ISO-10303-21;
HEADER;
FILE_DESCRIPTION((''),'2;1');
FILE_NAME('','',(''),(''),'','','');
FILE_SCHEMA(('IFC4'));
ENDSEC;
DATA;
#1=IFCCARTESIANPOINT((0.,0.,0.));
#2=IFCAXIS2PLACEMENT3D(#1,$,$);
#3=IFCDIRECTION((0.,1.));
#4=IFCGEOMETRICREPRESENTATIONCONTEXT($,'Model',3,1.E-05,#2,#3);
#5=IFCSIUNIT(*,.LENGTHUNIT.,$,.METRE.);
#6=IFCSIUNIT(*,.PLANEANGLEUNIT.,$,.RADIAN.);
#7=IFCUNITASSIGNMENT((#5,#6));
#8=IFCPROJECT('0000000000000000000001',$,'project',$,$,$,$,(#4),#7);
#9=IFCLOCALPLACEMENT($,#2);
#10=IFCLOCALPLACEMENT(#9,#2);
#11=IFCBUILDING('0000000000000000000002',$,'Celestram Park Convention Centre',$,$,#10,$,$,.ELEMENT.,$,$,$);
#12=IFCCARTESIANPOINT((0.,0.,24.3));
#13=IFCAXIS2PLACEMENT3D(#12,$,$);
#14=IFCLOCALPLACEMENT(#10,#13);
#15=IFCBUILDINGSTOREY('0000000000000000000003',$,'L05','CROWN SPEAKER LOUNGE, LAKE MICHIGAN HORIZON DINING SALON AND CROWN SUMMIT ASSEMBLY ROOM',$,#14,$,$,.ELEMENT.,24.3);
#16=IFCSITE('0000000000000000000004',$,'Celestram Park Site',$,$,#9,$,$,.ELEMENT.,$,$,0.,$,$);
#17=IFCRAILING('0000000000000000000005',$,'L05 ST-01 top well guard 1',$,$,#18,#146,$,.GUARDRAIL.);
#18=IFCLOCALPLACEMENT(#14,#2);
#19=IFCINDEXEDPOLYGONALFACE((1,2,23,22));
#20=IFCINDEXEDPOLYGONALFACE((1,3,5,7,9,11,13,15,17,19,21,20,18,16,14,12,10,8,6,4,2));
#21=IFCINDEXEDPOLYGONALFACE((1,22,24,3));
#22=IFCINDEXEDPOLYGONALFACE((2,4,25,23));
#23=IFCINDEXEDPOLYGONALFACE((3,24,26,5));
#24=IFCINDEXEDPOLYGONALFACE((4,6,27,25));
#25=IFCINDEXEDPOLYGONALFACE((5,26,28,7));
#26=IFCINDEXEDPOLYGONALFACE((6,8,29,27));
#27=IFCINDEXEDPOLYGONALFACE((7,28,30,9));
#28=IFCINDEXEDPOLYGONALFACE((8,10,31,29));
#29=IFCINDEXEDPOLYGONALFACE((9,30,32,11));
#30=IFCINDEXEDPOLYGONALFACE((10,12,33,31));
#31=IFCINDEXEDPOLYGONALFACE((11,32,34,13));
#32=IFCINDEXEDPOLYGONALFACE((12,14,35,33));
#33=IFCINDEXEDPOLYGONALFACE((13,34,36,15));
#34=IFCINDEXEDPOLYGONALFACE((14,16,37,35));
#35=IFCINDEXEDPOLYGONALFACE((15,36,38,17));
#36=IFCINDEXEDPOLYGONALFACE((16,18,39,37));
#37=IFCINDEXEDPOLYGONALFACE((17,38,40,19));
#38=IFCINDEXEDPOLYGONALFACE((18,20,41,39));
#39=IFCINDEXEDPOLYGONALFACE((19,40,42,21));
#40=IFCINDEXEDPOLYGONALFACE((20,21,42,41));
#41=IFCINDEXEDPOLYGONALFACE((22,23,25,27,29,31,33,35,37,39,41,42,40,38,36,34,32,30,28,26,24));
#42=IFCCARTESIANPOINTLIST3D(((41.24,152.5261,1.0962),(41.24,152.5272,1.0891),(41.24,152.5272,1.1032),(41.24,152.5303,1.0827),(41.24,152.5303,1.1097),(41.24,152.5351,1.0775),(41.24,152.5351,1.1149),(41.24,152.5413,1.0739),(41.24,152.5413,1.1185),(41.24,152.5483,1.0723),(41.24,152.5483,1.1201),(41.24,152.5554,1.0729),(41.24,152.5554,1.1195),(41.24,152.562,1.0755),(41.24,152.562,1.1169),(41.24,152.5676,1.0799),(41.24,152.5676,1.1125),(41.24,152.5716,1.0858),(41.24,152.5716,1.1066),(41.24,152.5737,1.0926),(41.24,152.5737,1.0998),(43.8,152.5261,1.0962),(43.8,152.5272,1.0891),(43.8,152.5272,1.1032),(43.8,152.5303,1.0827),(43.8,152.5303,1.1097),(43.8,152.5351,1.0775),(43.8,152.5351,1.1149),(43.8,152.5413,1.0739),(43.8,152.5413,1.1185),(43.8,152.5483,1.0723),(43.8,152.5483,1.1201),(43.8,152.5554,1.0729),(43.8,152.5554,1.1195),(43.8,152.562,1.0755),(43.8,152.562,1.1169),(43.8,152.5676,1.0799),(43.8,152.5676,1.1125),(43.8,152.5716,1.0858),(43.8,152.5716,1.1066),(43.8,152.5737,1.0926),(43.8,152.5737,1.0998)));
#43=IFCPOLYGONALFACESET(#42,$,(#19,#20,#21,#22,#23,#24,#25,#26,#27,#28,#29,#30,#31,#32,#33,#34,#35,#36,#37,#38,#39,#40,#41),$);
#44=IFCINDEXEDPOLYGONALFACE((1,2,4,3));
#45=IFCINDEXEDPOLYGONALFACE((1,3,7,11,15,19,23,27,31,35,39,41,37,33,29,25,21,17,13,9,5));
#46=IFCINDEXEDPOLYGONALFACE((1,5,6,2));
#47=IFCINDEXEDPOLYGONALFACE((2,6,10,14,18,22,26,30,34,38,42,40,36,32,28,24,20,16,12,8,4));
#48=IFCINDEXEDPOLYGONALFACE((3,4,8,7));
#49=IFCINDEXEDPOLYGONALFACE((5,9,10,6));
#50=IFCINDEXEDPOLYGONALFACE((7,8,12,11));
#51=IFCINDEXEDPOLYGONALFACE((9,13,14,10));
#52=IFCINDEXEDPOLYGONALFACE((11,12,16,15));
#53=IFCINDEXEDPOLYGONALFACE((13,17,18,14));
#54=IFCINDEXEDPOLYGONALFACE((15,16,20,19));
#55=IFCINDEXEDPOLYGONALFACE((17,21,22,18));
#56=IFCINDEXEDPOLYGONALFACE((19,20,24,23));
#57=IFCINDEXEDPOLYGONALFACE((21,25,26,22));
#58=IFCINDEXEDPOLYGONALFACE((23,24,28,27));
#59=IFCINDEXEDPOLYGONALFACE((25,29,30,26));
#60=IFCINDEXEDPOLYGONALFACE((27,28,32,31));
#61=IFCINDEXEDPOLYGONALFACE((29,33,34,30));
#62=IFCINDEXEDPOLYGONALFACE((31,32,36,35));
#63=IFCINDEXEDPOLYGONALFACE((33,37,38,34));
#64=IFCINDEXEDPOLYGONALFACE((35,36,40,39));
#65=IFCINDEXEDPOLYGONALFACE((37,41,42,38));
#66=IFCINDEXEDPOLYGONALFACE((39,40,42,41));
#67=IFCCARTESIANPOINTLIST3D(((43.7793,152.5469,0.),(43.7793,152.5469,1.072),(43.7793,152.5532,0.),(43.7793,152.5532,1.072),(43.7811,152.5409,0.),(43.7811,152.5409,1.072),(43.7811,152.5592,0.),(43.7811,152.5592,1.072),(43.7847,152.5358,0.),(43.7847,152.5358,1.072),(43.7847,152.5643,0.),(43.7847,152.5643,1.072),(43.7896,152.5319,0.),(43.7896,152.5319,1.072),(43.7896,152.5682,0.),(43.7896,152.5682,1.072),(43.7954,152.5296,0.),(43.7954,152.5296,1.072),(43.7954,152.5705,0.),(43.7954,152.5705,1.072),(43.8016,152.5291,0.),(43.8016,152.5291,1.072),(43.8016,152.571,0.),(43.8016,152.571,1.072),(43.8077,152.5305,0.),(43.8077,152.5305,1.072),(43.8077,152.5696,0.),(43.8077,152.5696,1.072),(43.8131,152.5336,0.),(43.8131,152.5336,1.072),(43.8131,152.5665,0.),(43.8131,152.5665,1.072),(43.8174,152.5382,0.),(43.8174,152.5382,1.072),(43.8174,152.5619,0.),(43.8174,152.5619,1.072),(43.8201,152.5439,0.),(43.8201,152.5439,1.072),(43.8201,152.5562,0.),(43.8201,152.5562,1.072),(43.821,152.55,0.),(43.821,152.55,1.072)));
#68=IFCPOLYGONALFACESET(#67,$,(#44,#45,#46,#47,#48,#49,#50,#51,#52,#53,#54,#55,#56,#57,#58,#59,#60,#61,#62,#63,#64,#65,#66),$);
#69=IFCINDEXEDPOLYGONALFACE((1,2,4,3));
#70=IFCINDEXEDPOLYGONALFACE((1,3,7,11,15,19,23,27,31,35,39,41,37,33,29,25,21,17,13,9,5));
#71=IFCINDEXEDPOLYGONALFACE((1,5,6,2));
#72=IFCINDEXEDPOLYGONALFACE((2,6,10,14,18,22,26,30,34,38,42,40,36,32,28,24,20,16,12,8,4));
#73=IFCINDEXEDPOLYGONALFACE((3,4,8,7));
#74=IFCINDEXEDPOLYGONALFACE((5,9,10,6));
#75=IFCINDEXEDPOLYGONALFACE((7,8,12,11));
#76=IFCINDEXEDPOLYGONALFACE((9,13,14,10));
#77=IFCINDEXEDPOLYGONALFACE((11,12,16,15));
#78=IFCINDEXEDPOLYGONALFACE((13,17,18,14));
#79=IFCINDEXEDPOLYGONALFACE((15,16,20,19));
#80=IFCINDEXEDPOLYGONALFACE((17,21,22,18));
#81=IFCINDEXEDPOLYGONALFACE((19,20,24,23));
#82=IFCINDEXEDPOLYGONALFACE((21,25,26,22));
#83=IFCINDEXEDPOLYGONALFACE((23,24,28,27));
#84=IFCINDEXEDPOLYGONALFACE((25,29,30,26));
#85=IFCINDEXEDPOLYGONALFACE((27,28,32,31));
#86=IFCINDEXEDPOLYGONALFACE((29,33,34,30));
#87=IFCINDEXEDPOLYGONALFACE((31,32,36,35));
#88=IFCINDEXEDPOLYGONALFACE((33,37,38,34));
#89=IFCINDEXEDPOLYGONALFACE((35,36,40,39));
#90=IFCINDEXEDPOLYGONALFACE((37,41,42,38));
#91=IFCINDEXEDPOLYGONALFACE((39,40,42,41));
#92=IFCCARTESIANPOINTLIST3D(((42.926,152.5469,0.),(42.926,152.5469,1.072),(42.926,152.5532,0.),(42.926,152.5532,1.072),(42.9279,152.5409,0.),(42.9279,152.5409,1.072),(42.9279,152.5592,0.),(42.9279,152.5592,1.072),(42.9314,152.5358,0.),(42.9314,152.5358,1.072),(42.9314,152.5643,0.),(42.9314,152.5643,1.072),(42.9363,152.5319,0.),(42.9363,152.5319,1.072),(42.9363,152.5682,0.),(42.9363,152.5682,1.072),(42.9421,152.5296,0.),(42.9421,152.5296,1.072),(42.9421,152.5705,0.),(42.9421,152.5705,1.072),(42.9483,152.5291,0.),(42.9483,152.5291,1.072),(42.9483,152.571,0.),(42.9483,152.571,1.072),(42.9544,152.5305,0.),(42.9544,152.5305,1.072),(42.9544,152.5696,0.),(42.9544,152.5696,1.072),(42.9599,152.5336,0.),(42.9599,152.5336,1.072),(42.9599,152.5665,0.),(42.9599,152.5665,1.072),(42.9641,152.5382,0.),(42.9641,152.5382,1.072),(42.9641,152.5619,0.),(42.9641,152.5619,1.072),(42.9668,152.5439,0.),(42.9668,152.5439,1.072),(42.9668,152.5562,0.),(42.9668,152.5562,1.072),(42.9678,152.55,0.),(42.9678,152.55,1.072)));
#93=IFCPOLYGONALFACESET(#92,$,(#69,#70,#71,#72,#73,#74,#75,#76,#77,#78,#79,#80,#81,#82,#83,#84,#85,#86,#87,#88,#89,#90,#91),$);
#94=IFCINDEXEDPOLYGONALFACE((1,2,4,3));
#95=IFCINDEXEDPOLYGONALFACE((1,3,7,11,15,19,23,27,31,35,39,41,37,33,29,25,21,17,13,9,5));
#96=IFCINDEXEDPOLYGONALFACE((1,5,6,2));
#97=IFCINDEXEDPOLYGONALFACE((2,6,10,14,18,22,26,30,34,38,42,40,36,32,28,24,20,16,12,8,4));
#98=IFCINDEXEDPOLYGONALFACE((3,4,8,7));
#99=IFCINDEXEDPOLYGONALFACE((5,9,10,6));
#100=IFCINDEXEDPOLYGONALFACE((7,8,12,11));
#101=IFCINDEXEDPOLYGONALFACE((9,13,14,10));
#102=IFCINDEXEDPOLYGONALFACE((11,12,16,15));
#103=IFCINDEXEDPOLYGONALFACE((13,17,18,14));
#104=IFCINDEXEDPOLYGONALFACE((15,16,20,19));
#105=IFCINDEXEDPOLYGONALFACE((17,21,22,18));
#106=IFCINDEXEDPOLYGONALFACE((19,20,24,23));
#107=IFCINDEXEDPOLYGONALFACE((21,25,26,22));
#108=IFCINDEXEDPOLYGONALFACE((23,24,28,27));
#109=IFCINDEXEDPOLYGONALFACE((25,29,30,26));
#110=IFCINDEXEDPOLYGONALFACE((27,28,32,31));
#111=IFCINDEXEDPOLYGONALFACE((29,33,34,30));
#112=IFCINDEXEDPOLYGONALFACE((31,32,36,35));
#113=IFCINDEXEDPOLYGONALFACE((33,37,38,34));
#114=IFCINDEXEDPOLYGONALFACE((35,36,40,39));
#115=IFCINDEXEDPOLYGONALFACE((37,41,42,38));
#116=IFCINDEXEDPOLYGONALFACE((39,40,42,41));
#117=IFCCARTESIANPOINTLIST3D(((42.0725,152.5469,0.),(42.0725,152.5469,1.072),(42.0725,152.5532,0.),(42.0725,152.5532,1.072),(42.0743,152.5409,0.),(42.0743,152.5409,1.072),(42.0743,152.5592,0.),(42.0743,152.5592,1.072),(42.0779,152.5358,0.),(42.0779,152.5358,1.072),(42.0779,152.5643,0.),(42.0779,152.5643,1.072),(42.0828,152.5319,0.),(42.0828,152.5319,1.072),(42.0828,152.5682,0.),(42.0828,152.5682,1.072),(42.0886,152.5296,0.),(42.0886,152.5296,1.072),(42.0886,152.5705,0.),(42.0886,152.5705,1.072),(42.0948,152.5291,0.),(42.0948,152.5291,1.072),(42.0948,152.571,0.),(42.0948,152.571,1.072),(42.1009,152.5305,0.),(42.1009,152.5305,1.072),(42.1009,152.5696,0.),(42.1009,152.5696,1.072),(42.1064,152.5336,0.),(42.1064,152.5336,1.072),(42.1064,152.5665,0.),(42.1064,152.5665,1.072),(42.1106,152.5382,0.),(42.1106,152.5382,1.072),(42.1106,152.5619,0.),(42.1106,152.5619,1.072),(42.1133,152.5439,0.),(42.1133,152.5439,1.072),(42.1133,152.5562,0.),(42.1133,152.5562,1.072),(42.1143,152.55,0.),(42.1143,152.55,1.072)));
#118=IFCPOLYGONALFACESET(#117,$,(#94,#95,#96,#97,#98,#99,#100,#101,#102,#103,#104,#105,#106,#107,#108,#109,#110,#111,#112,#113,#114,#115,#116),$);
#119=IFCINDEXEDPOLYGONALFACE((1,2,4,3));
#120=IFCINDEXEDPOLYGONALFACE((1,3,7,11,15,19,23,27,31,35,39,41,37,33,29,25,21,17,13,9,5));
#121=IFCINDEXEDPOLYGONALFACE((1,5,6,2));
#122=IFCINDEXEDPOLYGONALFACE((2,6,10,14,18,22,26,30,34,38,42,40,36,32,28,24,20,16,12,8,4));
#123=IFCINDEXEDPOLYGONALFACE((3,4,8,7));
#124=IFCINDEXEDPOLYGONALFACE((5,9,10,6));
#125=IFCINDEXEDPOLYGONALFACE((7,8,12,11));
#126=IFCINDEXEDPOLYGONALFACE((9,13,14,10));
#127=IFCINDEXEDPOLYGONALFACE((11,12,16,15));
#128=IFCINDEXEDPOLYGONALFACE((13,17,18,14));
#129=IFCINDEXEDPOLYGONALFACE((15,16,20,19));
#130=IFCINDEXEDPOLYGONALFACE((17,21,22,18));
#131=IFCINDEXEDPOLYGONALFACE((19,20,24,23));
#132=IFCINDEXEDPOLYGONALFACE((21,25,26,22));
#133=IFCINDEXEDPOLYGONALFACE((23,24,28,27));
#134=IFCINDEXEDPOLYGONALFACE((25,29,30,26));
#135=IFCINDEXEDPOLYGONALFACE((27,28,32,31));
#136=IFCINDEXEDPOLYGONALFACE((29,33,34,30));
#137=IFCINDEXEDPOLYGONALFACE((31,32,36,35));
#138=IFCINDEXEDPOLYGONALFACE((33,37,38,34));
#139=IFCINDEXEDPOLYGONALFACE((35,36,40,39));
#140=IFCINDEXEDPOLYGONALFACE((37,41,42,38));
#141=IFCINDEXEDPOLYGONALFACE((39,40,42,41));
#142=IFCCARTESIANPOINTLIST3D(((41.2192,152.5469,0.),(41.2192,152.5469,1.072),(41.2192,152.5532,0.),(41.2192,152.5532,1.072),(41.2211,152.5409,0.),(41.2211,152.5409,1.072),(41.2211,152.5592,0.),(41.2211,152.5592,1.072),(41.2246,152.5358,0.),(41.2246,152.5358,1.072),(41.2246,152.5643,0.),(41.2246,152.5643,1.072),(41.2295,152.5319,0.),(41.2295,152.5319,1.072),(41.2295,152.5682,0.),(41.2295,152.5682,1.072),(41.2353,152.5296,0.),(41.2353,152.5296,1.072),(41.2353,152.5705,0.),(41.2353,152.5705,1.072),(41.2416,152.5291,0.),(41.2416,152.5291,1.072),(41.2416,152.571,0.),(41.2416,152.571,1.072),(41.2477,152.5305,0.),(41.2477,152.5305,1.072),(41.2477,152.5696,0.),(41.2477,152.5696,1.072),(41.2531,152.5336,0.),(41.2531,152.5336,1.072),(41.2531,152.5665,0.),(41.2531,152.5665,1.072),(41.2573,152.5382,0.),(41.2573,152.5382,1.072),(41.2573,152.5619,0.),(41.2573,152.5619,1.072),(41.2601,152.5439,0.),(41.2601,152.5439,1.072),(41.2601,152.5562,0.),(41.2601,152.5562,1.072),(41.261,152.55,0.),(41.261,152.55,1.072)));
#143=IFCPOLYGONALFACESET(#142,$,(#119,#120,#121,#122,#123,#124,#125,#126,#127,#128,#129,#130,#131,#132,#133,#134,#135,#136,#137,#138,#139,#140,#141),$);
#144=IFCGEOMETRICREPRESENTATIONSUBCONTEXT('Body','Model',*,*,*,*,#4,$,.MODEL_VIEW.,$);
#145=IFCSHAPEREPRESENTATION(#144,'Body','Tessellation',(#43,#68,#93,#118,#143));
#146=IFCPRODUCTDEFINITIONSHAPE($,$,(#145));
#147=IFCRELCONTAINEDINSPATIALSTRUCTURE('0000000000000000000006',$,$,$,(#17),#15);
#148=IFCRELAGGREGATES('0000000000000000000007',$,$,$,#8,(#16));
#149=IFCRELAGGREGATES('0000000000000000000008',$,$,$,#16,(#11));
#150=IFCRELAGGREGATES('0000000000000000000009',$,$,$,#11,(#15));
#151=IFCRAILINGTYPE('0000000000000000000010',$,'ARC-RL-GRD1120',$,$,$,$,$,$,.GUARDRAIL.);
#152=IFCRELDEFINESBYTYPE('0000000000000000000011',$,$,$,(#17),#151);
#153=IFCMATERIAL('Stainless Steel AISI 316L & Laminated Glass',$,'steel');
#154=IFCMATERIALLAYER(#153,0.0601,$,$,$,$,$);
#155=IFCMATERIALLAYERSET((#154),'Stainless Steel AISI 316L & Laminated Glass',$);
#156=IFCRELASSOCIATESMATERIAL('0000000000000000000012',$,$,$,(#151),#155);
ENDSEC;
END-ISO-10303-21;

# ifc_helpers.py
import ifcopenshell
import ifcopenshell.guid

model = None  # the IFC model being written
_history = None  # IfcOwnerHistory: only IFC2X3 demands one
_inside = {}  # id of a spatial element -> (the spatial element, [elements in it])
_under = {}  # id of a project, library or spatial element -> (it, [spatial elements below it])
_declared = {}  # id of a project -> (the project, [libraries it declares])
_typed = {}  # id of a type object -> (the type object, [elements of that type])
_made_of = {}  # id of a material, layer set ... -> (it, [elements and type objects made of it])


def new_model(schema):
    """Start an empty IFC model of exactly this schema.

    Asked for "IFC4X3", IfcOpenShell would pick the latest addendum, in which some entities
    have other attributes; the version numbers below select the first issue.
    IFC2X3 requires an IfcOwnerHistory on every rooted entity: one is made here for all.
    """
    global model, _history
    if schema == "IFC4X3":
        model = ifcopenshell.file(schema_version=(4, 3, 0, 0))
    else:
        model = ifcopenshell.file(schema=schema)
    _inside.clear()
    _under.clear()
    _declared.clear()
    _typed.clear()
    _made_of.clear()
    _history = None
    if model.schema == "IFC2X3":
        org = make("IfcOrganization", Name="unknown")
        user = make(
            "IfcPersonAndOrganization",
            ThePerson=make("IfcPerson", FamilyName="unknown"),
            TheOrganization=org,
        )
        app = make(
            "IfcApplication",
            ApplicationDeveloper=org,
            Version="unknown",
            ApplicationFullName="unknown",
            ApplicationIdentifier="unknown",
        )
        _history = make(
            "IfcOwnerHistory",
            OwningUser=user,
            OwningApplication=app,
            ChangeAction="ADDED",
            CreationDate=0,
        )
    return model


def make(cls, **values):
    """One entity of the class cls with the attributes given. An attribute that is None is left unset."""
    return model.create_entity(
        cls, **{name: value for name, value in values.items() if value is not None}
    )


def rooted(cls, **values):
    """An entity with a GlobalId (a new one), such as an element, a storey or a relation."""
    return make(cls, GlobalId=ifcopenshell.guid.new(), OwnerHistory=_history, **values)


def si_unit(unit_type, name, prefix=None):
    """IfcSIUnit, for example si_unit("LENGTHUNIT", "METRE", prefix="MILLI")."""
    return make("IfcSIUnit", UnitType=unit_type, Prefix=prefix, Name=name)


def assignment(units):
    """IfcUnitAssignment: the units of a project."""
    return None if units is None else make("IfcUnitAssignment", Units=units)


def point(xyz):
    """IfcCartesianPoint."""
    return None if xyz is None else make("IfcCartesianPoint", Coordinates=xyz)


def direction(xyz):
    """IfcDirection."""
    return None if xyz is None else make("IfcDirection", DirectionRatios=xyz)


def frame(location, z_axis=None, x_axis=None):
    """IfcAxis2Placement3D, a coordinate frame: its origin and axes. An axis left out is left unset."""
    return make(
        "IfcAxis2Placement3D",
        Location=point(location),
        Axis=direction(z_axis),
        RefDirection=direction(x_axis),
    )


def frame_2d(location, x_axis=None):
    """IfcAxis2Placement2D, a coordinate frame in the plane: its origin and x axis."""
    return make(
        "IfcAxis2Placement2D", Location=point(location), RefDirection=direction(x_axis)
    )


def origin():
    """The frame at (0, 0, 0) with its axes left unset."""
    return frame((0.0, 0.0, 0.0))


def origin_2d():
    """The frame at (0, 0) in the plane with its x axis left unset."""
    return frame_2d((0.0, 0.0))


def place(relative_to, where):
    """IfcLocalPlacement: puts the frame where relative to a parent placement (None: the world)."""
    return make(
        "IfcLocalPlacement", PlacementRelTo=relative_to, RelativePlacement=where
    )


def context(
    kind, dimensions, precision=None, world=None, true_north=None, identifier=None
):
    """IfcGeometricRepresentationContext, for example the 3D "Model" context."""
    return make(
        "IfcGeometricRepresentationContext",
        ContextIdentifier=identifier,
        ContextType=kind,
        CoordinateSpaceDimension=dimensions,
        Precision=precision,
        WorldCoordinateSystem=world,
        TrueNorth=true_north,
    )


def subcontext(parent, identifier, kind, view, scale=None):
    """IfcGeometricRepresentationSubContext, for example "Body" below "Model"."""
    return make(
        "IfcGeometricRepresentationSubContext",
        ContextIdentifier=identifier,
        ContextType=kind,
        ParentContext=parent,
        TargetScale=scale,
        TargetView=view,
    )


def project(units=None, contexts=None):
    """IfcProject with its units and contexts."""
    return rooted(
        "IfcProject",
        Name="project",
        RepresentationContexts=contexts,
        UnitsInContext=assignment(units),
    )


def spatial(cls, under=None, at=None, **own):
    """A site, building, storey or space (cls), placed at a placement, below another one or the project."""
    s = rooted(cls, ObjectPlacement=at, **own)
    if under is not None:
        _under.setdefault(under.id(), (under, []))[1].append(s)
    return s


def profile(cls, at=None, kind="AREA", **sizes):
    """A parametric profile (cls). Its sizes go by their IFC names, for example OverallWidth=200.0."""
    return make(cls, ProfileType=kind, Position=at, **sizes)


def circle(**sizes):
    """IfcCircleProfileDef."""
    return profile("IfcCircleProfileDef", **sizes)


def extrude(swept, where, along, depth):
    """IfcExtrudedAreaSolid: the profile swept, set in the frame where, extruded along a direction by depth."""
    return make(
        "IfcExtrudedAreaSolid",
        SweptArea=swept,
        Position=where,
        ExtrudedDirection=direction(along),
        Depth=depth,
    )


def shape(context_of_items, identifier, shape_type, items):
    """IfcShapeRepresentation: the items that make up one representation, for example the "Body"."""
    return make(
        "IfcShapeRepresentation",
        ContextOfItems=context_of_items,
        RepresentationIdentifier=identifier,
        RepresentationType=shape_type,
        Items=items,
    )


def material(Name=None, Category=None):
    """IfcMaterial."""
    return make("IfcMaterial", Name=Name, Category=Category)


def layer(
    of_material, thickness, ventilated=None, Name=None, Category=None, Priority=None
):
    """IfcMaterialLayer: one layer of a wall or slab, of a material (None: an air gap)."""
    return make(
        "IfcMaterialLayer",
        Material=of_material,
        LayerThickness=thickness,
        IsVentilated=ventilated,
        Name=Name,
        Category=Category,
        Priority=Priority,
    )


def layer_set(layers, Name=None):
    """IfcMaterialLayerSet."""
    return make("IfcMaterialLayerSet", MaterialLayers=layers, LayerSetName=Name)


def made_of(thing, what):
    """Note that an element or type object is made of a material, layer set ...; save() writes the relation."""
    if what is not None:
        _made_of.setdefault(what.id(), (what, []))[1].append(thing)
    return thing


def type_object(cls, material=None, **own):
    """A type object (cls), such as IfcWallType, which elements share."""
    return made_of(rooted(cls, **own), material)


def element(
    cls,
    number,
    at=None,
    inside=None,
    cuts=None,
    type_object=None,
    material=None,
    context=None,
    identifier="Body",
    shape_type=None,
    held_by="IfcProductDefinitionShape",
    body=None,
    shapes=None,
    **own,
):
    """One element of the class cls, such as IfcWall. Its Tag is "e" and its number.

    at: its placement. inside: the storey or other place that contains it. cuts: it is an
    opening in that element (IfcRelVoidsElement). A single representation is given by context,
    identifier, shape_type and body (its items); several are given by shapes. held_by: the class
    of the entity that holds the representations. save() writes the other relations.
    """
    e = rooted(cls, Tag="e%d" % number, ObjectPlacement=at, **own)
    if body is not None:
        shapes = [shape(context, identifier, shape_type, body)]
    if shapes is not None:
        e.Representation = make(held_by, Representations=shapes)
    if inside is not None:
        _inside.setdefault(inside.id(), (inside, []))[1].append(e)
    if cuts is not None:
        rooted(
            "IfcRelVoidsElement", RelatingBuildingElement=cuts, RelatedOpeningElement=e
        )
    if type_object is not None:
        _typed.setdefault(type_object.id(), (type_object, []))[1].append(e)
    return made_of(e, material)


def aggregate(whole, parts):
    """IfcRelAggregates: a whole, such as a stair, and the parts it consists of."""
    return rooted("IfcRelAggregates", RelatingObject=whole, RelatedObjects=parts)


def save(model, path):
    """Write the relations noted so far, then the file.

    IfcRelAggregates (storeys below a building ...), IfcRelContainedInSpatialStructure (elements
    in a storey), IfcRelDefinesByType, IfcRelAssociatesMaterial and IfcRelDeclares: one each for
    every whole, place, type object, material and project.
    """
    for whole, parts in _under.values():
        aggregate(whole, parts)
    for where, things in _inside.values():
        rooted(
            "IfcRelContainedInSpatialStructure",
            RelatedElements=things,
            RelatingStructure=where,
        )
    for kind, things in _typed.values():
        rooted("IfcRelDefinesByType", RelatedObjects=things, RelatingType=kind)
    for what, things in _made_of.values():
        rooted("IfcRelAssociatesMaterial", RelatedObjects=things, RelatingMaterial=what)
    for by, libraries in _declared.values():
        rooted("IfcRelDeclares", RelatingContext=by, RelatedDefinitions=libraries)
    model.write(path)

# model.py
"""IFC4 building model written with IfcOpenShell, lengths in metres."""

from ifc_helpers import new_model, si_unit, direction, frame, origin, origin_2d, place, context, subcontext, project, spatial, circle, extrude, material, layer, layer_set, type_object, element, save


model = new_model("IFC4")

# Units and contexts
model_context = context("Model", 3, precision=1e-05, world=origin(), true_north=direction((0.0, 1.0)))
body_context = subcontext(model_context, "Body", "Model", "MODEL_VIEW")
ifc_project = project(units=[si_unit("LENGTHUNIT", "METRE"), si_unit("PLANEANGLEUNIT", "RADIAN")], contexts=[model_context])

# Site, building, storey
site_placement = place(None, origin())
site = spatial("IfcSite", under=ifc_project, at=site_placement, Name="Celestram Park Site", CompositionType="ELEMENT", RefElevation=0.0)
building_placement = place(site_placement, origin())
building = spatial("IfcBuilding", under=site, at=building_placement, Name="Celestram Park Convention Centre", CompositionType="ELEMENT")
storey_placement = place(building_placement, frame((0.0, 0.0, 24.3)))
storey = spatial("IfcBuildingStorey", under=building, at=storey_placement, Name="L05", Description="CROWN SPEAKER LOUNGE, LAKE MICHIGAN HORIZON DINING SALON AND CROWN SUMMIT ASSEMBLY ROOM", CompositionType="ELEMENT", Elevation=24.3)

# Railing
ifc_material_1 = material(Name="Stainless Steel AISI 316L & Laminated Glass", Category="steel")
ifc_layer_1 = layer(ifc_material_1, 0.0601)
ifc_layer_set_1 = layer_set([ifc_layer_1], Name="Stainless Steel AISI 316L & Laminated Glass")
railing_type = type_object("IfcRailingType", Name="ARC-RL-GRD1120", PredefinedType="GUARDRAIL", material=ifc_layer_set_1)
railing_placement = place(storey_placement, frame((43.8, 152.55, 0.0)))
element("IfcRailing", 1, at=railing_placement, inside=storey, type_object=railing_type, Name="L05 ST-01 top well guard 1", PredefinedType="GUARDRAIL", context=body_context, shape_type="SweptSolid", body=[
    extrude(circle(Radius=0.0239, at=origin_2d()), frame((0.0, 0.0, 1.0962), z_axis=(-1.0, 0.0, 0.0), x_axis=(0.0, -1.0, 0.0)), (0.0, 0.0, 1.0), 2.5601),
    extrude(circle(Radius=0.021, at=origin_2d()), origin(), (0.0, 0.0, 1.0), 1.072),
    extrude(circle(Radius=0.021, at=origin_2d()), frame((-0.8533, 0.0, 0.0)), (0.0, 0.0, 1.0), 1.072),
    extrude(circle(Radius=0.021, at=origin_2d()), frame((-1.7068, 0.0, 0.0)), (0.0, 0.0, 1.0), 1.072),
    extrude(circle(Radius=0.021, at=origin_2d()), frame((-2.5601, 0.0, 0.0)), (0.0, 0.0, 1.0), 1.072),
])

save(model, "model.ifc")
